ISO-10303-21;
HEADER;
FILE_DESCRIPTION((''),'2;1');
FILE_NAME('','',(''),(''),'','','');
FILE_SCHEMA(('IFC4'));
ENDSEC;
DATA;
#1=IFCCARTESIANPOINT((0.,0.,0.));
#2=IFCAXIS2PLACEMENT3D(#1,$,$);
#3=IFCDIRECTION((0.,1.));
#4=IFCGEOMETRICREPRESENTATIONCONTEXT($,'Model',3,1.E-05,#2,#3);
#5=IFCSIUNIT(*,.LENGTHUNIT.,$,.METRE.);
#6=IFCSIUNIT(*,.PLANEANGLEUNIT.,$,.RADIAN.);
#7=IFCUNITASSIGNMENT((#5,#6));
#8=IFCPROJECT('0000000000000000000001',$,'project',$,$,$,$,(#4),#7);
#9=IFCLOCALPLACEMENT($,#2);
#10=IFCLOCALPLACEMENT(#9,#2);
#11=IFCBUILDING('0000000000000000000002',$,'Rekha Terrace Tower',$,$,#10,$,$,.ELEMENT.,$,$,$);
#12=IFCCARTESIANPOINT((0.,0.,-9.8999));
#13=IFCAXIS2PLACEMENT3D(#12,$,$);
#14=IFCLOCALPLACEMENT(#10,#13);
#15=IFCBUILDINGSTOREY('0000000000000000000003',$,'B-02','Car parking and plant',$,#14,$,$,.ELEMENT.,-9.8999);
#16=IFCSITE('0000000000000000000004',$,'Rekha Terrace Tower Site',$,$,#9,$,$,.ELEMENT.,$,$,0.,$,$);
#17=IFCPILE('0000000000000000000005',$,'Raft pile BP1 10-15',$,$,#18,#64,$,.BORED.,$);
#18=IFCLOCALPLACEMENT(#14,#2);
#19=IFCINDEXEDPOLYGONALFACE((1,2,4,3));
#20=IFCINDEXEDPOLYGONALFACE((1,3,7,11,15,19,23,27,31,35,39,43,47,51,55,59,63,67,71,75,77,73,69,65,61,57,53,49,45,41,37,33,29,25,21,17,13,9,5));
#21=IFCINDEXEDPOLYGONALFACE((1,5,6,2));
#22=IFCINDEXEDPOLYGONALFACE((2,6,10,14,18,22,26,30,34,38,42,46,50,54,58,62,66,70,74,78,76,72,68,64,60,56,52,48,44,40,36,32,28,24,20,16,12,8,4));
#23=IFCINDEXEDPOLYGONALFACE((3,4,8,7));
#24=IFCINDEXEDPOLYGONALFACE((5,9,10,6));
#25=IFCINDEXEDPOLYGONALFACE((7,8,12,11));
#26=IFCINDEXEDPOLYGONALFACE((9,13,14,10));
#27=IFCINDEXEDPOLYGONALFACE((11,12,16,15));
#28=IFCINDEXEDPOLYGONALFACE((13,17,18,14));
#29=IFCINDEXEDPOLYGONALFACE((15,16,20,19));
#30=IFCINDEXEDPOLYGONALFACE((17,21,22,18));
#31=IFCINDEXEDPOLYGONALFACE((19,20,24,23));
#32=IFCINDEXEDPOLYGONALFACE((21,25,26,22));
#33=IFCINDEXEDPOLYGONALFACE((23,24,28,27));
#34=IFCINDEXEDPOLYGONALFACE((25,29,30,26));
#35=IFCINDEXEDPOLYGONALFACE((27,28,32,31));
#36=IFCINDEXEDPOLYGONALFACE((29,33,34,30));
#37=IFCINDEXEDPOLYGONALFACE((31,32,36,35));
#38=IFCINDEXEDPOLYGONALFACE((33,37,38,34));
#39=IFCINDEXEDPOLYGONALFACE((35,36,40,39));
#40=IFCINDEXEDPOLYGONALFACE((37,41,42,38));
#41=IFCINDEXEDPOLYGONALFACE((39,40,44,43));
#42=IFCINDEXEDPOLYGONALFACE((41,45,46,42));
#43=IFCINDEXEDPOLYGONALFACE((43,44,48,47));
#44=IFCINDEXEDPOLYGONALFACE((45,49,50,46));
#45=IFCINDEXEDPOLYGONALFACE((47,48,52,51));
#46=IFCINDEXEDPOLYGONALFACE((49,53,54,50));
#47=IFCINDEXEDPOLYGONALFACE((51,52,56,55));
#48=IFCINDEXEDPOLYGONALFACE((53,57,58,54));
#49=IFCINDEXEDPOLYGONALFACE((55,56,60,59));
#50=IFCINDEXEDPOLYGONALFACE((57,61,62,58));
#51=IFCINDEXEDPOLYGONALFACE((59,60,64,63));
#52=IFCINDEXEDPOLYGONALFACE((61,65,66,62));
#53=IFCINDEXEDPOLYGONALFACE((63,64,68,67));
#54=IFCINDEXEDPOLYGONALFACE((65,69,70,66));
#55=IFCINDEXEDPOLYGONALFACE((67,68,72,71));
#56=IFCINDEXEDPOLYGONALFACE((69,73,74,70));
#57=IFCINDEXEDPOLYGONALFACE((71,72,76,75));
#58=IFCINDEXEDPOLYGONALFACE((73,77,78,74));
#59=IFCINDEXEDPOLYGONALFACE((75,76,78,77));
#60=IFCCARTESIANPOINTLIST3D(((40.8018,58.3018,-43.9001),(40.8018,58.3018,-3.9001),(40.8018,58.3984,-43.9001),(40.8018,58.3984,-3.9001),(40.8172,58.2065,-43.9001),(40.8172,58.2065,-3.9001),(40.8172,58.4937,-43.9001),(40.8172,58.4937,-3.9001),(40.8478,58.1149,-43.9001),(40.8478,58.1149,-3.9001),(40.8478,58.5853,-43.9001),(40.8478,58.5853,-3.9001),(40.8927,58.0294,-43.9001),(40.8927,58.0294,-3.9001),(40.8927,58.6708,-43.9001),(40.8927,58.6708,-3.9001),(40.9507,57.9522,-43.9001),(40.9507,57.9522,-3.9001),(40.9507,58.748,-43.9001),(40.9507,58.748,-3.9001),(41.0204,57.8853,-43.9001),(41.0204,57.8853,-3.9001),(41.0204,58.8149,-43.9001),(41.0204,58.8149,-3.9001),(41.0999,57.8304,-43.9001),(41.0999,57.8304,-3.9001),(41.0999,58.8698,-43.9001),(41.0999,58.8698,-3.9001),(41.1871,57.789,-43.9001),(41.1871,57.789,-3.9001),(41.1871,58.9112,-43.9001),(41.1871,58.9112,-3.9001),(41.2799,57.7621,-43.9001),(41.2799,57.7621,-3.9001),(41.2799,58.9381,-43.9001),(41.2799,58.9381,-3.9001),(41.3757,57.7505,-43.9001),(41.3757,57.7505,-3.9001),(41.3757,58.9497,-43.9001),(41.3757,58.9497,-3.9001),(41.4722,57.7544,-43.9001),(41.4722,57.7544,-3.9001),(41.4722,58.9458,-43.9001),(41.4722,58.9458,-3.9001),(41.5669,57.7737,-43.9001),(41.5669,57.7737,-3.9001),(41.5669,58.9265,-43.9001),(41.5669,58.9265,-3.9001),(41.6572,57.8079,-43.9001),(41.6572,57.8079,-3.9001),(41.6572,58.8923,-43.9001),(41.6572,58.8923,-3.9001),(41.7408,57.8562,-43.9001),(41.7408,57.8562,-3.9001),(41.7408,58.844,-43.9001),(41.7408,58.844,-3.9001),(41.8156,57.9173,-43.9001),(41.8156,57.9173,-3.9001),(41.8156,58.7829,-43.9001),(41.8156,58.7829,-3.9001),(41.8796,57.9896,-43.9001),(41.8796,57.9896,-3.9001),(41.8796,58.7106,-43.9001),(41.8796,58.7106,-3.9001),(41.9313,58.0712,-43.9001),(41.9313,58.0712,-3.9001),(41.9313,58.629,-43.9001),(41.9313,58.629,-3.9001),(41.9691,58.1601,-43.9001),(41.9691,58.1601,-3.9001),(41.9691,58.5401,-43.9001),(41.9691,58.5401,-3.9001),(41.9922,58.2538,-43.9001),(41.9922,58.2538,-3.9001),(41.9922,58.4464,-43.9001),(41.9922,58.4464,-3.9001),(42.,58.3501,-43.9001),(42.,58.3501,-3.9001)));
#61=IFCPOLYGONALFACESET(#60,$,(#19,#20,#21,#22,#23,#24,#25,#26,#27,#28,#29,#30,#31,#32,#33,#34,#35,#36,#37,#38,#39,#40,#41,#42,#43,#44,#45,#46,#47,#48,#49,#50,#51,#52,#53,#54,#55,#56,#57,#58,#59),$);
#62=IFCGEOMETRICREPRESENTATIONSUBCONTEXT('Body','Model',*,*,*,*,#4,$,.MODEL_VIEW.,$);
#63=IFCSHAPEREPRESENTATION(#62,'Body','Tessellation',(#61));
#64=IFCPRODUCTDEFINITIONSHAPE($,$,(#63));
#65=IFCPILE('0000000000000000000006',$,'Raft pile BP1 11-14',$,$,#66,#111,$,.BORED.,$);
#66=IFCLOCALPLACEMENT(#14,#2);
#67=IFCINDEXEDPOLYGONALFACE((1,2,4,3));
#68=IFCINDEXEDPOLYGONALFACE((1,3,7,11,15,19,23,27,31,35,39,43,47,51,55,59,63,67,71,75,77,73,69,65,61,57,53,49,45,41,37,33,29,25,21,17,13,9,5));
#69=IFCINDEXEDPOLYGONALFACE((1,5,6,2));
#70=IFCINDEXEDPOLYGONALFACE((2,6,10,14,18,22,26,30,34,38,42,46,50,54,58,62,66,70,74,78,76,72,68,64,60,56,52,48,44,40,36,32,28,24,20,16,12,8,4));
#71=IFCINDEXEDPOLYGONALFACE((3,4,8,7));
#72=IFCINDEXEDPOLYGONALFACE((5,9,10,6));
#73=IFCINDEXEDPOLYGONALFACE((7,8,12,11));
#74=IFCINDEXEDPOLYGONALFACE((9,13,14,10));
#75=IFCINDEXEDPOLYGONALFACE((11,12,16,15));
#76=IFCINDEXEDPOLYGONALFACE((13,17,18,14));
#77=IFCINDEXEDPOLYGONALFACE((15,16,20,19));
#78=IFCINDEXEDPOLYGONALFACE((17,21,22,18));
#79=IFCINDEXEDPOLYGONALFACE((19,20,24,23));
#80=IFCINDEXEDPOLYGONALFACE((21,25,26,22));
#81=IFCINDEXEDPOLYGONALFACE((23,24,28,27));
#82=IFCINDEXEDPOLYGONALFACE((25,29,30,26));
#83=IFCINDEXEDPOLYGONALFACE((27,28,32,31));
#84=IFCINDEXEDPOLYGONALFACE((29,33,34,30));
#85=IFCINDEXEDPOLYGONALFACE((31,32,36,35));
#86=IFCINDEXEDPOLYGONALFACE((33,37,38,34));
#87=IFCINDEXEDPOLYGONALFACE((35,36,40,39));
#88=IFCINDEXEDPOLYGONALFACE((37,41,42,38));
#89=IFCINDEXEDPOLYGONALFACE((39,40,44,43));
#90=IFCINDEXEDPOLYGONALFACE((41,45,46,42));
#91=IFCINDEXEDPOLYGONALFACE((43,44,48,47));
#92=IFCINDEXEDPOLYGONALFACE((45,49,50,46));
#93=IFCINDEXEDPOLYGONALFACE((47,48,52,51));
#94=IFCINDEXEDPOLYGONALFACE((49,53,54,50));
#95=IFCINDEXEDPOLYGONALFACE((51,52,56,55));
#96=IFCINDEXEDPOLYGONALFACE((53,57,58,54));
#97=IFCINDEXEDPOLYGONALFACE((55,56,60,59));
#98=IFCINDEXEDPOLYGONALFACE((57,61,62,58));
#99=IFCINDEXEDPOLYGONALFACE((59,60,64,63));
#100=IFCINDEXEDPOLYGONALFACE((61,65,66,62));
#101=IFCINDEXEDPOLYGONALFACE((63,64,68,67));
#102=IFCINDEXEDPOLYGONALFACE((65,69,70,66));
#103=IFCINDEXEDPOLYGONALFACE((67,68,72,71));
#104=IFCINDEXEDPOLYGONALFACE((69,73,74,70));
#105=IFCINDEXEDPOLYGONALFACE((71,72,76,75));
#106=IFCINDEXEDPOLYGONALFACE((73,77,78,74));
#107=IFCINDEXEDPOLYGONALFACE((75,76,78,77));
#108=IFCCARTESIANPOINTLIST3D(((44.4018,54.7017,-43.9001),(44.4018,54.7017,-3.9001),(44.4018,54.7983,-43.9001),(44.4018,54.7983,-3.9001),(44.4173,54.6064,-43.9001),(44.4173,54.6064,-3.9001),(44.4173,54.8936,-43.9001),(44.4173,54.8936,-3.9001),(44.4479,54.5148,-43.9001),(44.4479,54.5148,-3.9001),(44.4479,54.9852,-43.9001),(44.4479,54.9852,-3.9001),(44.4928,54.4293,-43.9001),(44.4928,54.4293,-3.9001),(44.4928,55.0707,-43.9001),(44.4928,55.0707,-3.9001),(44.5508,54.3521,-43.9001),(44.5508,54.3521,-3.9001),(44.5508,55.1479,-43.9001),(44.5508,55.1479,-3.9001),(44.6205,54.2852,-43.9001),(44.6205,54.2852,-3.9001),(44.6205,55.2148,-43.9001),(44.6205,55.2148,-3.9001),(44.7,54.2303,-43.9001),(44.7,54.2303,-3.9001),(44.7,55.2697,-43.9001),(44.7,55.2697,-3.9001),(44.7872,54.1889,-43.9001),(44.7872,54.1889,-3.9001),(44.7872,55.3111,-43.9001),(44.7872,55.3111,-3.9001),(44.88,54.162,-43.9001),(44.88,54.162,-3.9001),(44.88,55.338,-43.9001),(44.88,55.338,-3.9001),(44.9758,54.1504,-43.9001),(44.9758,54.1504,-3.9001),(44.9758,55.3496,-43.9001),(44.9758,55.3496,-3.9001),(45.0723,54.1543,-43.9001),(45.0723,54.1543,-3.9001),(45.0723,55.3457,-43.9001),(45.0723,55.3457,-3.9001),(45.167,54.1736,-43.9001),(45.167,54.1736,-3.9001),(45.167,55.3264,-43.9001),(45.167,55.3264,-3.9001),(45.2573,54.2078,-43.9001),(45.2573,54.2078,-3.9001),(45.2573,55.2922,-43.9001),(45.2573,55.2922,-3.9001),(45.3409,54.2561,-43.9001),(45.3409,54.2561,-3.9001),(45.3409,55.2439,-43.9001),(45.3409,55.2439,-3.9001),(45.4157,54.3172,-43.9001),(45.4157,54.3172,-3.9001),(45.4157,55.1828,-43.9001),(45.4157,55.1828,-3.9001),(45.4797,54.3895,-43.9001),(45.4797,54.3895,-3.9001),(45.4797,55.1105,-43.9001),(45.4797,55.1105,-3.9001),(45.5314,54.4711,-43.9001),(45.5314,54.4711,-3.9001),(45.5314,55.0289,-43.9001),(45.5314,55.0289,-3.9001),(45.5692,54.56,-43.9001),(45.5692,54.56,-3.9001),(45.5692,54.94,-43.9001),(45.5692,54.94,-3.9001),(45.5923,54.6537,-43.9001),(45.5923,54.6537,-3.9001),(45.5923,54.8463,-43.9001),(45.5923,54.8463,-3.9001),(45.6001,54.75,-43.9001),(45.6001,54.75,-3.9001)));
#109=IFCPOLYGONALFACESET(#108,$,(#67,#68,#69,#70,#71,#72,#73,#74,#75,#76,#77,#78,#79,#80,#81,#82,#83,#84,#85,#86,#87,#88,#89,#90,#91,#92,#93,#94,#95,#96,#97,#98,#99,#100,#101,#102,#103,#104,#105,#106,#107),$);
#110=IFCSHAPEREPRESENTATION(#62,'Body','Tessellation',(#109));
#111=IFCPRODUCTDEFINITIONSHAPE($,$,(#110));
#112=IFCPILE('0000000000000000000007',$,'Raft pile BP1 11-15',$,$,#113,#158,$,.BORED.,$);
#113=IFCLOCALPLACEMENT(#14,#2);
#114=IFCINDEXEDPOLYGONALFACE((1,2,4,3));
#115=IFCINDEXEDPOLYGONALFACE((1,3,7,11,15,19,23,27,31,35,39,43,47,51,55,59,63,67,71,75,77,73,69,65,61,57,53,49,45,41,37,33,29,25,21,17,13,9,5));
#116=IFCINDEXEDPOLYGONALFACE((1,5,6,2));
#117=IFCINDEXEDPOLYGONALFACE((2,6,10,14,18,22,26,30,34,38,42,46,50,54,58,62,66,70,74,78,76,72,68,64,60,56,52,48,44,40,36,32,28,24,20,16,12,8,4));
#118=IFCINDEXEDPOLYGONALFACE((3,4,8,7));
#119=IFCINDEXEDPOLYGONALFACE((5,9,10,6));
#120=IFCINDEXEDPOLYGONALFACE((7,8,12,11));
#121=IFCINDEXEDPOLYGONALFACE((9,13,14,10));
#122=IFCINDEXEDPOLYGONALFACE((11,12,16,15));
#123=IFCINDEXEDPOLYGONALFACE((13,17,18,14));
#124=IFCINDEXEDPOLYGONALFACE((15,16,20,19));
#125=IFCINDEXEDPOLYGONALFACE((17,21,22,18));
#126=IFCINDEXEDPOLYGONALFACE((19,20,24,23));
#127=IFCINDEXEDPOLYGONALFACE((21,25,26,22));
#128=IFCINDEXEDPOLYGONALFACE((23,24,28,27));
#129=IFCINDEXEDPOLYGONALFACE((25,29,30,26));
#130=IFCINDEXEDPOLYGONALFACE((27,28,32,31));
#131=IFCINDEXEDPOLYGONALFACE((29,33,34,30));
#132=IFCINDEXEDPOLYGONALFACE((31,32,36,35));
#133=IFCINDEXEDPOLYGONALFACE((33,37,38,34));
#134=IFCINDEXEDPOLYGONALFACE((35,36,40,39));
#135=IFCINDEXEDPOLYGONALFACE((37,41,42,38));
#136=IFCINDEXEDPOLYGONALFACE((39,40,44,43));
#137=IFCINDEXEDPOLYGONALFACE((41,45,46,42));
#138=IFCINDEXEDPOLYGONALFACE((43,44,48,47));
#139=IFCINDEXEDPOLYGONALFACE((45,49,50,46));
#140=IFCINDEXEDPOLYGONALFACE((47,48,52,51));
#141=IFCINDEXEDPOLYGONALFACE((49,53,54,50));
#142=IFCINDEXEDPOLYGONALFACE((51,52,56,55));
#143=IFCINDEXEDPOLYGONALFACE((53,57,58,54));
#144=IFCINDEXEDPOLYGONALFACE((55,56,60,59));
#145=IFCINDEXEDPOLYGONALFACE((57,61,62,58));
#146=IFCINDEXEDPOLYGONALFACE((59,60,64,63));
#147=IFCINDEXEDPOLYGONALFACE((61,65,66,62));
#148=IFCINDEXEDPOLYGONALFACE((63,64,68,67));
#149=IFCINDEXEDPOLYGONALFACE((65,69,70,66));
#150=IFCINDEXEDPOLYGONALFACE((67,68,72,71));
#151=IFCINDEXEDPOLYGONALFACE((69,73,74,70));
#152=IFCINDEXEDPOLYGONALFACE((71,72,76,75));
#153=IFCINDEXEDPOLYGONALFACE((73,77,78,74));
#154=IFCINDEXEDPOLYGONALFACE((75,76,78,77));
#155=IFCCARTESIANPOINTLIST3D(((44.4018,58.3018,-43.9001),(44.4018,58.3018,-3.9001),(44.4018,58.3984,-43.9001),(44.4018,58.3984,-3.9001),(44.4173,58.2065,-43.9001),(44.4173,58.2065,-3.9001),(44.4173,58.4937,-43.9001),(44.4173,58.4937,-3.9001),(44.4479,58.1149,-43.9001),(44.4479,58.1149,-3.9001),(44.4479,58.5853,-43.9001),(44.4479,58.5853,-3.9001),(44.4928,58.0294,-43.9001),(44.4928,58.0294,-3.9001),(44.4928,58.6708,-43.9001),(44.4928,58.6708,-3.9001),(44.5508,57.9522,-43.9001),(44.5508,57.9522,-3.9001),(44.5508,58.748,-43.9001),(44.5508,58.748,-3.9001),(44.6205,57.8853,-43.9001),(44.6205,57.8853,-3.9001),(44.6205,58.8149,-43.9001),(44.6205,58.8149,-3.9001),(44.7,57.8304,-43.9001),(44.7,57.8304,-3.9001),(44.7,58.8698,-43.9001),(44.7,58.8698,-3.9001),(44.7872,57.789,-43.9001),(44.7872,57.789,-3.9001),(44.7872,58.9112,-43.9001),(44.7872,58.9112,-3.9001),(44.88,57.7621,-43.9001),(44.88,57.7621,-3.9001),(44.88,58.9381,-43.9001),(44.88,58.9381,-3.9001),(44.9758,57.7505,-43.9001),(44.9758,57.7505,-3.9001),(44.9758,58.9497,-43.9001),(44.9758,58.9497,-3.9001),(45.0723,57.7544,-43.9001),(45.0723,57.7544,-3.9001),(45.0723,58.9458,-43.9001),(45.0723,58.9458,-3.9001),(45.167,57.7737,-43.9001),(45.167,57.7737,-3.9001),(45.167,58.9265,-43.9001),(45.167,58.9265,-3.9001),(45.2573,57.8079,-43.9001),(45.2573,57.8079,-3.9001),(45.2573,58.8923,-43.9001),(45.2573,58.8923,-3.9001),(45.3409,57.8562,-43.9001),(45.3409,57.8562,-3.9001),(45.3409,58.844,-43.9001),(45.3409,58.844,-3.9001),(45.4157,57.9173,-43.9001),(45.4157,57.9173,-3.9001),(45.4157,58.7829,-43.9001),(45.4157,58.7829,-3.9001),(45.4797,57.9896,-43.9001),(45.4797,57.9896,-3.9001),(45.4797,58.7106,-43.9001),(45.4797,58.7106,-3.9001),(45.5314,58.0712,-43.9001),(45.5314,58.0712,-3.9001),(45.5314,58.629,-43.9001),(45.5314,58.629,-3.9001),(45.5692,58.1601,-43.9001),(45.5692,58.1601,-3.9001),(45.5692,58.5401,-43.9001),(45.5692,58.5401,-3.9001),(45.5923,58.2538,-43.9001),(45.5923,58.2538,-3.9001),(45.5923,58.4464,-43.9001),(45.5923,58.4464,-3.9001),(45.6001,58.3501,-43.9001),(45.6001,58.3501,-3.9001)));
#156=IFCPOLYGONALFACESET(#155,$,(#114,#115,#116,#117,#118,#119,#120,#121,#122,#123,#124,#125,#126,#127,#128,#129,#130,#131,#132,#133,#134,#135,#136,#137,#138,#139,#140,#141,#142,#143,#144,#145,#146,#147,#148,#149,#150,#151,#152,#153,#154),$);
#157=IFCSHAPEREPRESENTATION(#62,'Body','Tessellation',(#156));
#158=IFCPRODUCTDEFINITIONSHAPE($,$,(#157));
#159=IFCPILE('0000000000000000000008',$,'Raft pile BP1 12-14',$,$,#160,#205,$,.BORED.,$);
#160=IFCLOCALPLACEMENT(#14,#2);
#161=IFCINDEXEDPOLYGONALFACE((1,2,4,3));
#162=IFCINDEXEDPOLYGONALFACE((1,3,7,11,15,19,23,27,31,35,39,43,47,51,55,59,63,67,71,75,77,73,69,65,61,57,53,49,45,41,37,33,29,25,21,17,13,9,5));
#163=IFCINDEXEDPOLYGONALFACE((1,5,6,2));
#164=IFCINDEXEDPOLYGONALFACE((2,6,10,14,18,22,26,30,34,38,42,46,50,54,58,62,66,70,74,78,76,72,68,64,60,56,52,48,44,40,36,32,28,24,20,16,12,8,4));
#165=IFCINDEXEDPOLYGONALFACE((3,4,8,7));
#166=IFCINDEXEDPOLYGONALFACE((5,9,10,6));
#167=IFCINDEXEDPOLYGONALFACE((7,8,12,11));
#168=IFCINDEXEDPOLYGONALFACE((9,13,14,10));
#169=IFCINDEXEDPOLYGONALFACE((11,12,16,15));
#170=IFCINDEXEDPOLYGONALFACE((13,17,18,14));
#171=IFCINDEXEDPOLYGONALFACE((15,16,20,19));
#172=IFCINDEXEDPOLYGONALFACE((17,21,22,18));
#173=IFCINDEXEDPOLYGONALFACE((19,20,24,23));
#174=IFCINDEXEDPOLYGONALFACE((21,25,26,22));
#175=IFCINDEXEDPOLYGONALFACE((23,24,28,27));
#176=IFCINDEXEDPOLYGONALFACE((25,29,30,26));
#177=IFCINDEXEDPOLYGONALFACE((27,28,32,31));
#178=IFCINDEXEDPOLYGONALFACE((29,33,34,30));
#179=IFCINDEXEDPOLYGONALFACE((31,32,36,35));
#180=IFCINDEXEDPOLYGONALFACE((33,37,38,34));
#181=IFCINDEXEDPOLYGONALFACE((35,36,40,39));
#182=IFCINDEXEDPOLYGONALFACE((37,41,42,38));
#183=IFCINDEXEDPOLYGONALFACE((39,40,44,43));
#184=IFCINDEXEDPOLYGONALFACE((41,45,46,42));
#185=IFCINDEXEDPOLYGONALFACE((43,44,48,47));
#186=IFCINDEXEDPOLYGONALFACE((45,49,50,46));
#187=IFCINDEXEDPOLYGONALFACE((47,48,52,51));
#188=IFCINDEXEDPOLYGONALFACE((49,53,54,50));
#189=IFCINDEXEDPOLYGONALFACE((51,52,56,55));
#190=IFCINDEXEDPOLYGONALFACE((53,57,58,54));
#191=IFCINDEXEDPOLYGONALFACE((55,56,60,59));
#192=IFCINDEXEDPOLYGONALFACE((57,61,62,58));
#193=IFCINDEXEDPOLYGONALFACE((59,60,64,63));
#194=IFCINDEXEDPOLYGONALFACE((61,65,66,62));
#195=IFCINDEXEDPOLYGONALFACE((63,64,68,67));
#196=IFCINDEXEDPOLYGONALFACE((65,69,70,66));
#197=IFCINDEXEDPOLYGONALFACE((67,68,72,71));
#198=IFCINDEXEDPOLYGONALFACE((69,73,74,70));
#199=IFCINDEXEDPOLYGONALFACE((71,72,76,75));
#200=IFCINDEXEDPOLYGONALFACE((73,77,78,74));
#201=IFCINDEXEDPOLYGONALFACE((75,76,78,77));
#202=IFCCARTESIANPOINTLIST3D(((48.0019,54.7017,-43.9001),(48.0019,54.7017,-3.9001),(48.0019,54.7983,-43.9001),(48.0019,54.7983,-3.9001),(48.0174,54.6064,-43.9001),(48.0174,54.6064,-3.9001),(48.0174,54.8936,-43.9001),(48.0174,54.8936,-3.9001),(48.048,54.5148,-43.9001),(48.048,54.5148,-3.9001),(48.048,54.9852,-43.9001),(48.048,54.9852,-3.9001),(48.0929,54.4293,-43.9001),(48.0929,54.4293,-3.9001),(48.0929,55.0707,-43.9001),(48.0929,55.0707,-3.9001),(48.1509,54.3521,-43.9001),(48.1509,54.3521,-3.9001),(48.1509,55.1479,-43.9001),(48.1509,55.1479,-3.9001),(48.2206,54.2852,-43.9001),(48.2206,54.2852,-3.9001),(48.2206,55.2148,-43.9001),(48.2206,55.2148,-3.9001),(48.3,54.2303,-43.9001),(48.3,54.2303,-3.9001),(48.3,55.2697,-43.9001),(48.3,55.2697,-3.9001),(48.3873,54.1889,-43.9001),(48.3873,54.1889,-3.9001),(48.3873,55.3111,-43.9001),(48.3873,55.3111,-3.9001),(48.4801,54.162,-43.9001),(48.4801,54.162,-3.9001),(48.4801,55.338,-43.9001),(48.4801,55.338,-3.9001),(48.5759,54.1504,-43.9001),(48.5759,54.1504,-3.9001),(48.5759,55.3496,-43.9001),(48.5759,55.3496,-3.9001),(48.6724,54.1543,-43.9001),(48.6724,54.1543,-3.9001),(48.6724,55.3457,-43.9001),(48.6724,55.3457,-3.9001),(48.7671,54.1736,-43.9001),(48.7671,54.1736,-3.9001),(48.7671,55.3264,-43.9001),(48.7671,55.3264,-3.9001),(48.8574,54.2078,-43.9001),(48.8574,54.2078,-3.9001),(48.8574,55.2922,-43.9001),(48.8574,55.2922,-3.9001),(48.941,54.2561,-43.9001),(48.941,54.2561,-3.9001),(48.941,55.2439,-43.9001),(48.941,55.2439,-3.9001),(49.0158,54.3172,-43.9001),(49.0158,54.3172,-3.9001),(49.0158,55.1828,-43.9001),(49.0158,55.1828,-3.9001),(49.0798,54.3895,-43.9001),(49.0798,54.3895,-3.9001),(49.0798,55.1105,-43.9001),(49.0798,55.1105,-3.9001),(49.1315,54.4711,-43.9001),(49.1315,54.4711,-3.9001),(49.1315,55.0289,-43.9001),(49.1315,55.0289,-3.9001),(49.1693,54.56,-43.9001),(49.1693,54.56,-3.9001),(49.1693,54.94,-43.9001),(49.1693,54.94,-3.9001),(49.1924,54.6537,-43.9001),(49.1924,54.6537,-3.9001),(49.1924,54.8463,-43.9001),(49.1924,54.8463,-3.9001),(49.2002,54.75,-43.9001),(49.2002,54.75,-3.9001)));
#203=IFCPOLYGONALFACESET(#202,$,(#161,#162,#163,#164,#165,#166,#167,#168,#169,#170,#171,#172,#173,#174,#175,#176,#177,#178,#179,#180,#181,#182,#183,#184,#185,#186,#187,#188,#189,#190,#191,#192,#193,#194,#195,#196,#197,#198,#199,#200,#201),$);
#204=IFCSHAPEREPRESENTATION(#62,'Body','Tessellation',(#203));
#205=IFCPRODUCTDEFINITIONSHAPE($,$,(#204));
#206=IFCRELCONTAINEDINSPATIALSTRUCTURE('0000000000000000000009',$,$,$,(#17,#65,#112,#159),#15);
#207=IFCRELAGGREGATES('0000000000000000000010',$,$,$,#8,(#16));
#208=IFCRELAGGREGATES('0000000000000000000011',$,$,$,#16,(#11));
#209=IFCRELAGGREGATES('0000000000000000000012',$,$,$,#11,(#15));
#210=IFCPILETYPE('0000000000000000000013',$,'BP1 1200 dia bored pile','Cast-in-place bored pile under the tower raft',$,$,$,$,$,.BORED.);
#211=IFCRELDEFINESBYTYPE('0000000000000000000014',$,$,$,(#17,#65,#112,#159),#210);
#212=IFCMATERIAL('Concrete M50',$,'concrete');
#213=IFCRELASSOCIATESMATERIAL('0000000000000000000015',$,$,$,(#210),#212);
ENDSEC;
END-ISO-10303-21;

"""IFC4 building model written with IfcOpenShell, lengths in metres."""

from ifc_helpers import new_model, si_unit, direction, frame, origin, origin_2d, place, context, subcontext, project, spatial, circle, extrude, material, type_object, element, save


model = new_model("IFC4")

# Units and contexts
model_context = context("Model", 3, precision=1e-05, world=origin(), true_north=direction((0.0, 1.0)))
body_context = subcontext(model_context, "Body", "Model", "MODEL_VIEW")
ifc_project = project(units=[si_unit("LENGTHUNIT", "METRE"), si_unit("PLANEANGLEUNIT", "RADIAN")], contexts=[model_context])

# Site, building, storey
site_placement = place(None, origin())
site = spatial("IfcSite", under=ifc_project, at=site_placement, Name="Rekha Terrace Tower Site", CompositionType="ELEMENT", RefElevation=0.0)
building_placement = place(site_placement, origin())
building = spatial("IfcBuilding", under=site, at=building_placement, Name="Rekha Terrace Tower", CompositionType="ELEMENT")
storey_placement = place(building_placement, frame((0.0, 0.0, -9.8999)))
storey = spatial("IfcBuildingStorey", under=building, at=storey_placement, Name="B-02", Description="Car parking and plant", CompositionType="ELEMENT", Elevation=-9.8999)

# Piles
ifc_material_1 = material(Name="Concrete M50", Category="concrete")
pile_type_1 = type_object("IfcPileType", Name="BP1 1200 dia bored pile", Description="Cast-in-place bored pile under the tower raft", PredefinedType="BORED", material=ifc_material_1)
for number, where, z_axis, x_axis, name in (
    (1, (41.3999, 58.3501, -3.9001), (0.0, 0.0, -1.0), (1.0, 0.0, 0.0), "Raft pile BP1 10-15"),
    (2, (45.0, 54.75, -3.9001), (0.0, 0.0, -1.0), (1.0, 0.0, 0.0), "Raft pile BP1 11-14"),
    (3, (45.0, 58.3501, -3.9001), (0.0, 0.0, -1.0), (1.0, 0.0, 0.0), "Raft pile BP1 11-15"),
    (4, (48.6001, 54.75, -3.9001), (0.0, 0.0, -1.0), (1.0, 0.0, 0.0), "Raft pile BP1 12-14"),
):
    element("IfcPile", number, at=place(storey_placement, frame(where, z_axis=z_axis, x_axis=x_axis)), inside=storey, type_object=pile_type_1, Name=name, PredefinedType="BORED", context=body_context, shape_type="SweptSolid", body=[
        extrude(circle(Radius=0.6001, at=origin_2d()), origin(), (0.0, 0.0, 1.0), 40.0),
    ])

save(model, "model.ifc")
